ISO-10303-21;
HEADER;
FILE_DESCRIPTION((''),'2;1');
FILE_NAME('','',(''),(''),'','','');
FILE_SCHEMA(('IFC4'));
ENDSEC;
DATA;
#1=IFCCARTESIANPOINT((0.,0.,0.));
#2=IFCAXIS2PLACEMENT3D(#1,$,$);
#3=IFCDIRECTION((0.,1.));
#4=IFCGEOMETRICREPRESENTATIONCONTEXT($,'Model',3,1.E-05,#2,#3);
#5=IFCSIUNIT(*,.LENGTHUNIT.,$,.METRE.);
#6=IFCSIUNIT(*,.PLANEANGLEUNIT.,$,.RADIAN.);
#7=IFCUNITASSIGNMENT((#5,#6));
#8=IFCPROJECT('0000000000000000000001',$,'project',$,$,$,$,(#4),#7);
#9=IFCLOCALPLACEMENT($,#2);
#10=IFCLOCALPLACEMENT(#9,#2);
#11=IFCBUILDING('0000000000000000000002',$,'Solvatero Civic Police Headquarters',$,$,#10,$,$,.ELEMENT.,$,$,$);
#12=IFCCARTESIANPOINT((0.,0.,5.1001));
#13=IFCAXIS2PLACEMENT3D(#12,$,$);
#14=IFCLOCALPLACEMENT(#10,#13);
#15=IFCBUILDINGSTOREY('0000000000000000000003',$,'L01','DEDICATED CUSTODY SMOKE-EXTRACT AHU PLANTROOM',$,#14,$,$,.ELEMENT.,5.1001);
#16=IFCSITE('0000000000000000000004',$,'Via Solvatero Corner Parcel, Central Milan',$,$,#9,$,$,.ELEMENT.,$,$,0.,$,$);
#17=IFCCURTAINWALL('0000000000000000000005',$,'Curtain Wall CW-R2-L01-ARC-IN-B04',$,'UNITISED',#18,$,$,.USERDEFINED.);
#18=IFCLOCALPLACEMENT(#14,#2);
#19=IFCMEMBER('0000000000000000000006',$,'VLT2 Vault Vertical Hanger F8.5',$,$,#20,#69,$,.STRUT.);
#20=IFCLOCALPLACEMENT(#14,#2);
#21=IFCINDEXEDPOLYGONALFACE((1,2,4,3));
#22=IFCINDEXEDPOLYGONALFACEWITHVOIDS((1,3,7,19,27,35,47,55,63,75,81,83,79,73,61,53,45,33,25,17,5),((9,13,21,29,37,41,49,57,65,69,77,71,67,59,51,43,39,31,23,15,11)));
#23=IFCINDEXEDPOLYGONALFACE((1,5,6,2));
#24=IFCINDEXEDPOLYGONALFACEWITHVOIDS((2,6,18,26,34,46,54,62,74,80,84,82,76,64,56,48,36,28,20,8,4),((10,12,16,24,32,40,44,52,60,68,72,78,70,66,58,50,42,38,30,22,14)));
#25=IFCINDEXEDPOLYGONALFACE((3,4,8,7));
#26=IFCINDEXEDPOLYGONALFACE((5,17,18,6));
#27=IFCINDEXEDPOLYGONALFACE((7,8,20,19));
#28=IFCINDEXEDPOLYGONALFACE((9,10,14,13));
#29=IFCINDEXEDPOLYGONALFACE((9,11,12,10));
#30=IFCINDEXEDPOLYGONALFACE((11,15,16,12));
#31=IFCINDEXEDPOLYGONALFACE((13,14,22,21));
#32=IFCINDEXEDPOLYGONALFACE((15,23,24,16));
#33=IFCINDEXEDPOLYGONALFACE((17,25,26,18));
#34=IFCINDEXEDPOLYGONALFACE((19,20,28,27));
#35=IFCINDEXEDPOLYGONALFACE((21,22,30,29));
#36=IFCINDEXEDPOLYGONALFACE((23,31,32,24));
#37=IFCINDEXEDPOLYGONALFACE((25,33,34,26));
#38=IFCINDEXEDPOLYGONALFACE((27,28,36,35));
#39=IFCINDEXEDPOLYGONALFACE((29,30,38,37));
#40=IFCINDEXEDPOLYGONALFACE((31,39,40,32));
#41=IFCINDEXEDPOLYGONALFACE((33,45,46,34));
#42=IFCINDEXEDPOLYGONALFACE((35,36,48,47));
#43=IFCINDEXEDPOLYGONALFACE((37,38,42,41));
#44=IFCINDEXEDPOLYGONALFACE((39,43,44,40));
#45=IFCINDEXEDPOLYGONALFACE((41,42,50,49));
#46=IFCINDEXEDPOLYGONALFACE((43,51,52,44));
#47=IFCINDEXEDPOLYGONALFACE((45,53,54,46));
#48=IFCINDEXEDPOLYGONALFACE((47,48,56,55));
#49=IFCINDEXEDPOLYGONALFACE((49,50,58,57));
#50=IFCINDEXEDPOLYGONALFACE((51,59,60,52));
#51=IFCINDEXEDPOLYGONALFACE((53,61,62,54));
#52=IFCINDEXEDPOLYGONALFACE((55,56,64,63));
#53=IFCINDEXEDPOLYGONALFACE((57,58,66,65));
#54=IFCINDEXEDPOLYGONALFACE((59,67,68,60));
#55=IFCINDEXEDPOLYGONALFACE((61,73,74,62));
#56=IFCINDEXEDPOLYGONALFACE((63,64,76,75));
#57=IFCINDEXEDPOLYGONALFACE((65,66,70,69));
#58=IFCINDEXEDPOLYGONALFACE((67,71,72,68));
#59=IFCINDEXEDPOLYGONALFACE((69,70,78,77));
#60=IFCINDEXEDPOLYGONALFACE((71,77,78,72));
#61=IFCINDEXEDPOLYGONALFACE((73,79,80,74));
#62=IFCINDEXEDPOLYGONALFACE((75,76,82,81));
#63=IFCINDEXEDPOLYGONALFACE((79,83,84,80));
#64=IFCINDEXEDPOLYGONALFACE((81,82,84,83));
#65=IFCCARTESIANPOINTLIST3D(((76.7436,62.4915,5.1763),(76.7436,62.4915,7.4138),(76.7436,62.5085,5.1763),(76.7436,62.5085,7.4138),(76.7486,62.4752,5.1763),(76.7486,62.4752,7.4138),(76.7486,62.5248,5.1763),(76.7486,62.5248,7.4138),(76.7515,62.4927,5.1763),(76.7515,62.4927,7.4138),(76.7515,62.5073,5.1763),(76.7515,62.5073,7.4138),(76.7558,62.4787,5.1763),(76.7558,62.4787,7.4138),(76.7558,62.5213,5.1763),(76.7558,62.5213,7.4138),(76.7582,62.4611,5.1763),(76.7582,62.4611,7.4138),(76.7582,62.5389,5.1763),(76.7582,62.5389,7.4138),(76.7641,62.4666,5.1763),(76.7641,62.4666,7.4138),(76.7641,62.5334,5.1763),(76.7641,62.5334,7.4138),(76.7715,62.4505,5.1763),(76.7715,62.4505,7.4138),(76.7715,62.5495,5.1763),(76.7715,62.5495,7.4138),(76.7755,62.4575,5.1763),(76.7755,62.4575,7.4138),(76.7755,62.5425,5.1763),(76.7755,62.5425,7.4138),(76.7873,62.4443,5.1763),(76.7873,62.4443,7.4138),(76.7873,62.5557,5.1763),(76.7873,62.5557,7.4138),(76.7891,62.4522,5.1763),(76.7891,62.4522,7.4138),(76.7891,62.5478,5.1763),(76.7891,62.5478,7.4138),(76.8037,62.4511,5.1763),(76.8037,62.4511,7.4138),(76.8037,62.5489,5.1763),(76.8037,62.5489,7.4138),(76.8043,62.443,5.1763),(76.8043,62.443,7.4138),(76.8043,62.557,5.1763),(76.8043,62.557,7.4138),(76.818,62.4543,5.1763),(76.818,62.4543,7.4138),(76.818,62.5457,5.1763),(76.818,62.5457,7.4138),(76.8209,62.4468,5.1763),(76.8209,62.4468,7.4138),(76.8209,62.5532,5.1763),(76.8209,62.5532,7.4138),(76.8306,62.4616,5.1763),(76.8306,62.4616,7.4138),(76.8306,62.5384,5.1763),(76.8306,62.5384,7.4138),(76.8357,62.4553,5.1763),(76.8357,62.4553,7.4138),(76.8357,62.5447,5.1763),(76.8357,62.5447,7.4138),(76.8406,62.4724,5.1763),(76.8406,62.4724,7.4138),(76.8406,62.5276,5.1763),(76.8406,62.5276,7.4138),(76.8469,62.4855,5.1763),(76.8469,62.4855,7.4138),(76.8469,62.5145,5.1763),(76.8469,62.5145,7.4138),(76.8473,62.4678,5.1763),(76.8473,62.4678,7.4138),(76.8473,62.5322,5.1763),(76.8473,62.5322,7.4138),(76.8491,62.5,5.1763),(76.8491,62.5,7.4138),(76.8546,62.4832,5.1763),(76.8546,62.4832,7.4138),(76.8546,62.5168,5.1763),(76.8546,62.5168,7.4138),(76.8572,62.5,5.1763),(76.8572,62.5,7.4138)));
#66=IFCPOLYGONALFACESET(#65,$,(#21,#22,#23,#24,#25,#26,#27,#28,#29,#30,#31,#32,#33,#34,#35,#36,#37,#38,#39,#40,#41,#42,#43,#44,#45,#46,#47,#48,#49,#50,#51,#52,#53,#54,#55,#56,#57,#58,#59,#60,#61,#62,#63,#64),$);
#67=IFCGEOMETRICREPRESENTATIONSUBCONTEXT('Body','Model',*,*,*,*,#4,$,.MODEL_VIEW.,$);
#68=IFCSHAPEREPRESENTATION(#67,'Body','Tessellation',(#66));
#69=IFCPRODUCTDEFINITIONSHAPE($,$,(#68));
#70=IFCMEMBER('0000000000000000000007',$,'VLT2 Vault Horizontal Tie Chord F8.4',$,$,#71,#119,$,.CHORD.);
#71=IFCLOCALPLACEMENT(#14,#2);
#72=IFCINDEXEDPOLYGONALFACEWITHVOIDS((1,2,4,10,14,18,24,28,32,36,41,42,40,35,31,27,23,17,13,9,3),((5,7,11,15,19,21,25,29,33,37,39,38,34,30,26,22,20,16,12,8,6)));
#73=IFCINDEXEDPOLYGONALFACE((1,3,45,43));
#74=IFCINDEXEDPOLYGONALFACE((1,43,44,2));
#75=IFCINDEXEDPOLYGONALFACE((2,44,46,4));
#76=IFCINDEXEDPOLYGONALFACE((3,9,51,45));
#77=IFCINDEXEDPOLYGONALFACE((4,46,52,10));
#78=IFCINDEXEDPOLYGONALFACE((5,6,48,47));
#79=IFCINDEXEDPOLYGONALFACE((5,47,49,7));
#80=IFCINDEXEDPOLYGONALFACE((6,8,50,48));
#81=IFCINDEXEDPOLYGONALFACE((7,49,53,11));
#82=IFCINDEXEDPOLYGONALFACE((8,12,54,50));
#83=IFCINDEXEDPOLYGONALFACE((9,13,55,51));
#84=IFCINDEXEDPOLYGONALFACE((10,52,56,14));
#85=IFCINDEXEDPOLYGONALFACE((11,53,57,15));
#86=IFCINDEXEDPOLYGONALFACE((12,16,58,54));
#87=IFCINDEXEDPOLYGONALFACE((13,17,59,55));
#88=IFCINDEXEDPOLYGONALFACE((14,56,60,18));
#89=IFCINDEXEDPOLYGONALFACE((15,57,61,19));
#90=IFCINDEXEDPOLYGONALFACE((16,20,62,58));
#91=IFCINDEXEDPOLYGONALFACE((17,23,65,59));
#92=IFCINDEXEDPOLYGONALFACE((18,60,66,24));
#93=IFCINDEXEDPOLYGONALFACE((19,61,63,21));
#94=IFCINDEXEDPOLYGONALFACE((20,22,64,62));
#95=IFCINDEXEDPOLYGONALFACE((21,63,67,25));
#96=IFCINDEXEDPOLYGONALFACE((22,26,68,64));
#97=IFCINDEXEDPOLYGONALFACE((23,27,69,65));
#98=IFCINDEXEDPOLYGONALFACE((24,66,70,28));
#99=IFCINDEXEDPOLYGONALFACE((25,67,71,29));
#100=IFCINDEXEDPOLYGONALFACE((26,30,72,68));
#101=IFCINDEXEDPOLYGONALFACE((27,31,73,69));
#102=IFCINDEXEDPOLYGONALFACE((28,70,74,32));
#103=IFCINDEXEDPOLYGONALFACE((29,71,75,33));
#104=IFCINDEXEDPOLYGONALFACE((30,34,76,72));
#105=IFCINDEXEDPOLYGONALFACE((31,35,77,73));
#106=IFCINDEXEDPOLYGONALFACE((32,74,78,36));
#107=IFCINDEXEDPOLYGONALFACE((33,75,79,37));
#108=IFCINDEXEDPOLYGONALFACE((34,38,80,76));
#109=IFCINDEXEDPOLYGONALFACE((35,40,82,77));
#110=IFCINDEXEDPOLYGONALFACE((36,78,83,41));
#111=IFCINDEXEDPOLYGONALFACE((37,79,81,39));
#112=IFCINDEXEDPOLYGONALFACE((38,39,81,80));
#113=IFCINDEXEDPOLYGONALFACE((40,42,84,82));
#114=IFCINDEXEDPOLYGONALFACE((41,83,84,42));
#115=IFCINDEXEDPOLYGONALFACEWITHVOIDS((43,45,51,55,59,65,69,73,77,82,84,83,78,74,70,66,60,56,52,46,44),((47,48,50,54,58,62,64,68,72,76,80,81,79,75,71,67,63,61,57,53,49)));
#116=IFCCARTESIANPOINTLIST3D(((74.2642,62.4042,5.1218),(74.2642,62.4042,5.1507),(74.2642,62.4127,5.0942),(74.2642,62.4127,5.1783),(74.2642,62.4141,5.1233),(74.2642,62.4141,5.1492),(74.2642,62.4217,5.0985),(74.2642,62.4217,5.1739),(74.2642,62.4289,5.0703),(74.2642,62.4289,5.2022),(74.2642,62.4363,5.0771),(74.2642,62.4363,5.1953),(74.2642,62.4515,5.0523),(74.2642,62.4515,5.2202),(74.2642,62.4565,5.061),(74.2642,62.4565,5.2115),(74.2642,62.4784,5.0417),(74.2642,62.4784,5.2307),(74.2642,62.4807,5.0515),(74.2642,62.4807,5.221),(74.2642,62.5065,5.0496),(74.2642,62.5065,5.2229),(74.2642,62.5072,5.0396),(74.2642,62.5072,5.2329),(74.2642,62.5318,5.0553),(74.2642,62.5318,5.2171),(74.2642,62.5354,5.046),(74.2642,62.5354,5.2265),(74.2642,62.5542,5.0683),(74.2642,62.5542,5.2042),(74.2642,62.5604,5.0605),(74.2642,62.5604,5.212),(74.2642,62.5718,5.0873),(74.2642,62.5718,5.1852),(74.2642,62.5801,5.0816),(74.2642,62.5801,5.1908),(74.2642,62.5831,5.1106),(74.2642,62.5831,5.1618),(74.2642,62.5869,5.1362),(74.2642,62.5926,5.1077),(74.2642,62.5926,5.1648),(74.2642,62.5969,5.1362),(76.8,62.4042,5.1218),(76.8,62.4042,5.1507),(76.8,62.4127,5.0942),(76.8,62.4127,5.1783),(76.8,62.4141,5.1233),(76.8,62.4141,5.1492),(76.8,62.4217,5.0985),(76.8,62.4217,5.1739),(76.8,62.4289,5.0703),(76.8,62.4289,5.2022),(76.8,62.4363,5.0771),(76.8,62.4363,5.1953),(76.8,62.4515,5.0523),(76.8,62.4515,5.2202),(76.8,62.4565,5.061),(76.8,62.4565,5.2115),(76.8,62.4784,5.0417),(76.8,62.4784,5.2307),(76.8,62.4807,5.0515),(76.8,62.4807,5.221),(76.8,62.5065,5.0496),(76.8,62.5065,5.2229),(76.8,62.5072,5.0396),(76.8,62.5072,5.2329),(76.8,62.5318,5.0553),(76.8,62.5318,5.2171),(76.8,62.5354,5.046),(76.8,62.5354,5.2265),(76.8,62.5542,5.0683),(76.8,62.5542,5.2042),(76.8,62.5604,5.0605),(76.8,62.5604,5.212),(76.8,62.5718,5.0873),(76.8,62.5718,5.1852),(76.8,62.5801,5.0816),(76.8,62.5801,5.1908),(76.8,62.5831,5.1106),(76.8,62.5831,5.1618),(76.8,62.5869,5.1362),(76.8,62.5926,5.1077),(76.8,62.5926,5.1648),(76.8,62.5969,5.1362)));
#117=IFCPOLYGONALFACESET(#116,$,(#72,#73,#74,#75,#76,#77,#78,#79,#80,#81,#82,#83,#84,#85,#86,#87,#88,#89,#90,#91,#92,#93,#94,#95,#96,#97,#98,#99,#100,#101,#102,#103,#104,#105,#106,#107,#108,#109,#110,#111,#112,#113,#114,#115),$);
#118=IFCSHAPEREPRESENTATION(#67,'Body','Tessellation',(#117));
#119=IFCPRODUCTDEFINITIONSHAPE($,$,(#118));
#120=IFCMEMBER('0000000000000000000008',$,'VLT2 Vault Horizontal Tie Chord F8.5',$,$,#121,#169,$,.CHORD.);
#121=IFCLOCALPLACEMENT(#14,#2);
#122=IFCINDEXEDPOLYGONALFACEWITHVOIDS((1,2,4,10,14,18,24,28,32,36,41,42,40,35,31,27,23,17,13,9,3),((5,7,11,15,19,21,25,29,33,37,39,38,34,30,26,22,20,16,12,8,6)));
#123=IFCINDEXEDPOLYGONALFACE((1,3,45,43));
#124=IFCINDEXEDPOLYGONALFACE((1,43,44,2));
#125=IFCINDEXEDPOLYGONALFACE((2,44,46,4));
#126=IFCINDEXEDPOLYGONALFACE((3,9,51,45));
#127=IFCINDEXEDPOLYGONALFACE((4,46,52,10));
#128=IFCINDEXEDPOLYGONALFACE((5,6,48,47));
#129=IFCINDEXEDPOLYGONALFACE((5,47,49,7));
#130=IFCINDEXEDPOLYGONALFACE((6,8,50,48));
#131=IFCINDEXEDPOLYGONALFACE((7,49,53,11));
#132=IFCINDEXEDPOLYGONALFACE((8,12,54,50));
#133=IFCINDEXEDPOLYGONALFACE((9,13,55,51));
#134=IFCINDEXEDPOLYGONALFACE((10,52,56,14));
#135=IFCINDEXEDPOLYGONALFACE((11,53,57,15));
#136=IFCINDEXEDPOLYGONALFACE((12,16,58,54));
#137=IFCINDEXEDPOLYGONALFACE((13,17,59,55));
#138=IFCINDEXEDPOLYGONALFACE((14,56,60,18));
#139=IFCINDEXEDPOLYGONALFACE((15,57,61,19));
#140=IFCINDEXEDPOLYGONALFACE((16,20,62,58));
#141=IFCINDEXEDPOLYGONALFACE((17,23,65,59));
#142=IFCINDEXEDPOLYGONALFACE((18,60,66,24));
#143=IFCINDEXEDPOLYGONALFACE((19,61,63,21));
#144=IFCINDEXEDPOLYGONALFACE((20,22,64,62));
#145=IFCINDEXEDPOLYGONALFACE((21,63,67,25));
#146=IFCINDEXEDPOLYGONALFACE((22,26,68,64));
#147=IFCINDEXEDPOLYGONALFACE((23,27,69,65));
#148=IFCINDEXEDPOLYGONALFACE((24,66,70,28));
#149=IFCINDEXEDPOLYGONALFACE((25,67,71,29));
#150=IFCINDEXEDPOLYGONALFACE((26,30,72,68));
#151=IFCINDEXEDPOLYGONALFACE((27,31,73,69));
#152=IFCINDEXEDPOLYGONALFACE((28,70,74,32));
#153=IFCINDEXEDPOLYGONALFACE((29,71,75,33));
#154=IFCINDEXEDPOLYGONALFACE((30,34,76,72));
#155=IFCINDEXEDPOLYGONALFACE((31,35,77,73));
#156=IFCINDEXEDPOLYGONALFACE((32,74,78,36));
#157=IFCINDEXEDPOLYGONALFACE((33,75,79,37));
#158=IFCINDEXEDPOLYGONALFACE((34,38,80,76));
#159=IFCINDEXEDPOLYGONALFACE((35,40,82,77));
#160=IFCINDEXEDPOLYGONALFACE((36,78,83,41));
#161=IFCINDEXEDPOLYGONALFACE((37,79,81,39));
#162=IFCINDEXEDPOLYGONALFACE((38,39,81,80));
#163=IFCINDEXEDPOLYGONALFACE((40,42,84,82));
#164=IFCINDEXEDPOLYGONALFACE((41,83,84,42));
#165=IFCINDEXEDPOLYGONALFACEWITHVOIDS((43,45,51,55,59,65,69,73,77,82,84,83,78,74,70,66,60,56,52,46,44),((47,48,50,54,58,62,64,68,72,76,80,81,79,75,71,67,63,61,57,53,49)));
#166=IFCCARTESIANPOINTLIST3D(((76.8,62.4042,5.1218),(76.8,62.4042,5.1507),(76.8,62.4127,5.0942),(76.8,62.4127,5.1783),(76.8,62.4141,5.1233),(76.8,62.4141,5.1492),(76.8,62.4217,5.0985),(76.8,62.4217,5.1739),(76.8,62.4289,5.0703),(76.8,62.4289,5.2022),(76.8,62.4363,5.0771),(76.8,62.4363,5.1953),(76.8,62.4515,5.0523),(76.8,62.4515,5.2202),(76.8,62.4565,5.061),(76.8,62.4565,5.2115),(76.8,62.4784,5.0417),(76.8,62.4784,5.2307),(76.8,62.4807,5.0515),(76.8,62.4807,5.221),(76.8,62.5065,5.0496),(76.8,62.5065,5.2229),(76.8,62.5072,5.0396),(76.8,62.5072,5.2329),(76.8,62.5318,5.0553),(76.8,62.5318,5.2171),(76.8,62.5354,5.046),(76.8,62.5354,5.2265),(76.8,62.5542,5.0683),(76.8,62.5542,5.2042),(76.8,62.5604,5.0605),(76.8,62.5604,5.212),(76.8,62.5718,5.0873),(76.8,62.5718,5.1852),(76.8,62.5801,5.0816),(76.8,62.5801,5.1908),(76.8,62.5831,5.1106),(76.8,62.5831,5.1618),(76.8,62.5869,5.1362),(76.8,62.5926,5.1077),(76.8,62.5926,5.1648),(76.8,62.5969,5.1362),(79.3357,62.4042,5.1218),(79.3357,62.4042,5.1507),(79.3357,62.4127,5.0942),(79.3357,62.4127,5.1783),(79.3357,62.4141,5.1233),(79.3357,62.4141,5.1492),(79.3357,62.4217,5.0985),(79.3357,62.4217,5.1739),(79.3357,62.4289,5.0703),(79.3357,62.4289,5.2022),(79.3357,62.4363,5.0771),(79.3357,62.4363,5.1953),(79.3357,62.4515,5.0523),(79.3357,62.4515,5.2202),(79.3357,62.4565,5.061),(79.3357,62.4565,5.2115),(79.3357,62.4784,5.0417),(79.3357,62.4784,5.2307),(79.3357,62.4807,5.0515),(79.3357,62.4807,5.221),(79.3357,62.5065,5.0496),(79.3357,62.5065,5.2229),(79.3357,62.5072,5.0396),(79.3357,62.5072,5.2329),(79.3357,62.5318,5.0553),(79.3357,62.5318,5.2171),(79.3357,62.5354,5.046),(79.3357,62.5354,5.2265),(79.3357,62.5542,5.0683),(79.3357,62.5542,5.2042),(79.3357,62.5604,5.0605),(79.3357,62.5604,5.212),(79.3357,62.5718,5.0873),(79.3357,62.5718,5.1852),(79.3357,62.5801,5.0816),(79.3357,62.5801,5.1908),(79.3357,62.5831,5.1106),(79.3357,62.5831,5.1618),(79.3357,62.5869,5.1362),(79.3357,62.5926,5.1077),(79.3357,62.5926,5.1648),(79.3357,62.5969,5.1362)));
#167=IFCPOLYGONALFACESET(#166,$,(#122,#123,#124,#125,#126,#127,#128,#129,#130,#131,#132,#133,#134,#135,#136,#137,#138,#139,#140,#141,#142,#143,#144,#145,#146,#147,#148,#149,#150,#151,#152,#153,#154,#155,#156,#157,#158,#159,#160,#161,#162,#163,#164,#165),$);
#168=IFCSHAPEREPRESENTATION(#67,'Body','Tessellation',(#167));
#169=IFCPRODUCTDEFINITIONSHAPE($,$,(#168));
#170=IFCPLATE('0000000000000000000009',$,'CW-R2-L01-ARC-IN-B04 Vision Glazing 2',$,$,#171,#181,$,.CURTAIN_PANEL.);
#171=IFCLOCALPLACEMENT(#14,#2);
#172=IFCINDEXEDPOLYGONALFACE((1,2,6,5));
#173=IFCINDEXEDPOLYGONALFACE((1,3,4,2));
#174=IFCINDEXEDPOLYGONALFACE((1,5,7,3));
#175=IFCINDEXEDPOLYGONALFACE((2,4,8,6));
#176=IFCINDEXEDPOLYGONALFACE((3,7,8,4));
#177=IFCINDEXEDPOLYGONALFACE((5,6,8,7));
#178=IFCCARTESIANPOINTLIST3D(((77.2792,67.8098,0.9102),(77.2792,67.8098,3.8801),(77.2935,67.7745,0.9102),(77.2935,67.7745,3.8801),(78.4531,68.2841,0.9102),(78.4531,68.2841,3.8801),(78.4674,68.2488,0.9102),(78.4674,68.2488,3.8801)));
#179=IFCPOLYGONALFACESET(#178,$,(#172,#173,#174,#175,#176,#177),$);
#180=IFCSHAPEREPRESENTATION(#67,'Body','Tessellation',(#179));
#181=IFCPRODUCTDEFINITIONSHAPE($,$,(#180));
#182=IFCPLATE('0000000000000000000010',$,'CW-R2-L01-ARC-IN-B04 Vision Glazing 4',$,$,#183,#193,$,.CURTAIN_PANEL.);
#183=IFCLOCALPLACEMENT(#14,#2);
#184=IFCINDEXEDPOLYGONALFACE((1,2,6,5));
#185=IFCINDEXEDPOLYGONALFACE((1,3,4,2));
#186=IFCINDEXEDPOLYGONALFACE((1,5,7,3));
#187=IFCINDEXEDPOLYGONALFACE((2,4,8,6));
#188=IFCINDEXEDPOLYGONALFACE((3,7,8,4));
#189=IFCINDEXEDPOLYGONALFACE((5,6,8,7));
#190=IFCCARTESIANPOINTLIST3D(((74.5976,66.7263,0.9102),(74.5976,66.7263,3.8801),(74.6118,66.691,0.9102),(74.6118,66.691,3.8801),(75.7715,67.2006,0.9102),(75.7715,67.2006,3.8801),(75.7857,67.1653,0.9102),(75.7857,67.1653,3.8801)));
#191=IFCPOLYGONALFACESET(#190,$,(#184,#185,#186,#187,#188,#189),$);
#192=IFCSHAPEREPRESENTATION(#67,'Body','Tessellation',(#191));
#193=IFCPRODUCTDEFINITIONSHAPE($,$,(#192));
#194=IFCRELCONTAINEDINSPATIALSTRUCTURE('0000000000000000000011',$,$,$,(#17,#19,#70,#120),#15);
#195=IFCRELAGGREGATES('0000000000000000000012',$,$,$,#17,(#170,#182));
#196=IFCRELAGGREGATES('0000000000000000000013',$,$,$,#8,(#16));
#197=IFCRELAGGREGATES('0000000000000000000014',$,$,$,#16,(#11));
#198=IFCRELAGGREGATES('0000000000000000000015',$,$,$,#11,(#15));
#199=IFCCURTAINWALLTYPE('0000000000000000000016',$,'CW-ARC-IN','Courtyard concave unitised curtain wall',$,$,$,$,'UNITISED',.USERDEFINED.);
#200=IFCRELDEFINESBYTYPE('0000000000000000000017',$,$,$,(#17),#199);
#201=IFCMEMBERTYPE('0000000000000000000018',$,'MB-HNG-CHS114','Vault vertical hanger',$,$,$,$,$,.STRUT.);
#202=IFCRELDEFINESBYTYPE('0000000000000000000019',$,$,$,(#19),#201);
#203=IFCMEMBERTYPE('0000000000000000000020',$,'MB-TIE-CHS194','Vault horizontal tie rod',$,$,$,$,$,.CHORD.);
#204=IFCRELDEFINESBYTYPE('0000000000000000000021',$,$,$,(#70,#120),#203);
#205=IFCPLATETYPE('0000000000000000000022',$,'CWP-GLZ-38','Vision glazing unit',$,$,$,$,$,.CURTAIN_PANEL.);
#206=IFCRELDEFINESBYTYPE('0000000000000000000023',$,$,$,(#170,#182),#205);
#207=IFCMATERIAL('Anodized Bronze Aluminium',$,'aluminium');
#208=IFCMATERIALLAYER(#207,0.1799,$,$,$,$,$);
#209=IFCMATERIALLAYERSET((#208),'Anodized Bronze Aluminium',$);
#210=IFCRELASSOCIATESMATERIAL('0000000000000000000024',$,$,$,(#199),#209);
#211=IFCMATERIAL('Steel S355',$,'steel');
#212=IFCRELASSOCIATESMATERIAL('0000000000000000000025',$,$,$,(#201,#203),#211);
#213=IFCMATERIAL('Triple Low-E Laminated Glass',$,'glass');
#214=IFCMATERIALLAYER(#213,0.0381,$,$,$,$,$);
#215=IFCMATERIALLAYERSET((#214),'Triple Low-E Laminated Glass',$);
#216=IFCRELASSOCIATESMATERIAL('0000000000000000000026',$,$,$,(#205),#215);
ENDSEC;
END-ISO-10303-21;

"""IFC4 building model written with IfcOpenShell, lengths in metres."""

from ifc_helpers import new_model, si_unit, direction, frame, origin, origin_2d, place, context, subcontext, project, spatial, rectangle, hollow_circle, extrude, material, layer, layer_set, material_profile, profile_set, type_object, element, aggregate, save


model = new_model("IFC4")

# Units and contexts
model_context = context("Model", 3, precision=1e-05, world=origin(), true_north=direction((0.0, 1.0)))
body_context = subcontext(model_context, "Body", "Model", "MODEL_VIEW")
ifc_project = project(units=[si_unit("LENGTHUNIT", "METRE"), si_unit("PLANEANGLEUNIT", "RADIAN")], contexts=[model_context])

# Site, building, storey
site_placement = place(None, origin())
site = spatial("IfcSite", under=ifc_project, at=site_placement, Name="Via Solvatero Corner Parcel, Central Milan", CompositionType="ELEMENT", RefElevation=0.0)
building_placement = place(site_placement, origin())
building = spatial("IfcBuilding", under=site, at=building_placement, Name="Solvatero Civic Police Headquarters", CompositionType="ELEMENT")
storey_placement = place(building_placement, frame((0.0, 0.0, 5.1001)))
storey = spatial("IfcBuildingStorey", under=building, at=storey_placement, Name="L01", Description="DEDICATED CUSTODY SMOKE-EXTRACT AHU PLANTROOM", CompositionType="ELEMENT", Elevation=5.1001)

# Shared definitions
ifc_material_1 = material(Name="Steel S355", Category="steel")

# Curtain wall
ifc_material_2 = material(Name="Anodized Bronze Aluminium", Category="aluminium")
ifc_layer_1 = layer(ifc_material_2, 0.1799)
ifc_layer_set_1 = layer_set([ifc_layer_1], Name="Anodized Bronze Aluminium")
curtain_wall_type = type_object("IfcCurtainWallType", Name="CW-ARC-IN", Description="Courtyard concave unitised curtain wall", ElementType="UNITISED", PredefinedType="USERDEFINED", material=ifc_layer_set_1)
curtain_wall_1_placement = place(storey_placement, origin())
curtain_wall_1 = element("IfcCurtainWall", 1, at=curtain_wall_1_placement, inside=storey, type_object=curtain_wall_type, Name="Curtain Wall CW-R2-L01-ARC-IN-B04", ObjectType="UNITISED", PredefinedType="USERDEFINED")

# Members
ifc_material_profile_1 = material_profile(ifc_material_1, hollow_circle(Radius=0.0571, WallThickness=0.0081, at=origin_2d()), Name="CHS 114.3x8.0")
ifc_profile_set_1 = profile_set([ifc_material_profile_1], Name="Steel S355")
member_type_1 = type_object("IfcMemberType", Name="MB-HNG-CHS114", Description="Vault vertical hanger", PredefinedType="STRUT", material=ifc_profile_set_1)
member_1_placement = place(storey_placement, frame((76.8, 62.5, 5.1763), z_axis=(0.0, 0.0, 1.0), x_axis=(1.0, 0.0, 0.0)))
element("IfcMember", 2, at=member_1_placement, inside=storey, type_object=member_type_1, Name="VLT2 Vault Vertical Hanger F8.5", PredefinedType="STRUT", context=body_context, shape_type="SweptSolid", body=[
    extrude(hollow_circle(Radius=0.0571, WallThickness=0.0081, at=origin_2d()), origin(), (0.0, 0.0, 1.0), 2.2375),
])
ifc_material_profile_2 = material_profile(ifc_material_1, hollow_circle(Radius=0.0969, WallThickness=0.01, at=origin_2d()), Name="CHS 193.7x10.0")
ifc_profile_set_2 = profile_set([ifc_material_profile_2], Name="Steel S355")
member_type_2 = type_object("IfcMemberType", Name="MB-TIE-CHS194", Description="Vault horizontal tie rod", PredefinedType="CHORD", material=ifc_profile_set_2)
member_2_placement = place(storey_placement, frame((74.2642, 62.5, 5.1362), z_axis=(1.0, 0.0, 0.0), x_axis=(0.0, 1.0, 0.0)))
element("IfcMember", 3, at=member_2_placement, inside=storey, type_object=member_type_2, Name="VLT2 Vault Horizontal Tie Chord F8.4", PredefinedType="CHORD", context=body_context, shape_type="SweptSolid", body=[
    extrude(hollow_circle(Radius=0.0969, WallThickness=0.01, at=origin_2d()), origin(), (0.0, 0.0, 1.0), 2.5359),
])
member_3_placement = place(storey_placement, frame((76.8, 62.5, 5.1362), z_axis=(1.0, 0.0, 0.0), x_axis=(0.0, 1.0, 0.0)))
element("IfcMember", 4, at=member_3_placement, inside=storey, type_object=member_type_2, Name="VLT2 Vault Horizontal Tie Chord F8.5", PredefinedType="CHORD", context=body_context, shape_type="SweptSolid", body=[
    extrude(hollow_circle(Radius=0.0969, WallThickness=0.01, at=origin_2d()), origin(), (0.0, 0.0, 1.0), 2.5356),
])

# Plates
ifc_material_3 = material(Name="Triple Low-E Laminated Glass", Category="glass")
ifc_layer_2 = layer(ifc_material_3, 0.0381)
ifc_layer_set_2 = layer_set([ifc_layer_2], Name="Triple Low-E Laminated Glass")
plate_type_1 = type_object("IfcPlateType", Name="CWP-GLZ-38", Description="Vision glazing unit", PredefinedType="CURTAIN_PANEL", material=ifc_layer_set_2)
plate_1_placement = place(storey_placement, frame((77.8733, 68.0293, 0.9102), z_axis=(0.0, 0.0, 1.0), x_axis=(-0.927184, -0.374607, 0.0)))
plate_1 = element("IfcPlate", 5, at=plate_1_placement, type_object=plate_type_1, Name="CW-R2-L01-ARC-IN-B04 Vision Glazing 2", PredefinedType="CURTAIN_PANEL", context=body_context, shape_type="SweptSolid", body=[
    extrude(rectangle(XDim=1.2661, YDim=0.0381, at=origin_2d()), origin(), (0.0, 0.0, 1.0), 2.97),
])
plate_2_placement = place(storey_placement, frame((75.1917, 66.9458, 0.9102), z_axis=(0.0, 0.0, 1.0), x_axis=(-0.927184, -0.374607, 0.0)))
plate_2 = element("IfcPlate", 6, at=plate_2_placement, type_object=plate_type_1, Name="CW-R2-L01-ARC-IN-B04 Vision Glazing 4", PredefinedType="CURTAIN_PANEL", context=body_context, shape_type="SweptSolid", body=[
    extrude(rectangle(XDim=1.2661, YDim=0.0381, at=origin_2d()), origin(), (0.0, 0.0, 1.0), 2.97),
])
aggregate(curtain_wall_1, [plate_1, plate_2])

save(model, "model.ifc")
